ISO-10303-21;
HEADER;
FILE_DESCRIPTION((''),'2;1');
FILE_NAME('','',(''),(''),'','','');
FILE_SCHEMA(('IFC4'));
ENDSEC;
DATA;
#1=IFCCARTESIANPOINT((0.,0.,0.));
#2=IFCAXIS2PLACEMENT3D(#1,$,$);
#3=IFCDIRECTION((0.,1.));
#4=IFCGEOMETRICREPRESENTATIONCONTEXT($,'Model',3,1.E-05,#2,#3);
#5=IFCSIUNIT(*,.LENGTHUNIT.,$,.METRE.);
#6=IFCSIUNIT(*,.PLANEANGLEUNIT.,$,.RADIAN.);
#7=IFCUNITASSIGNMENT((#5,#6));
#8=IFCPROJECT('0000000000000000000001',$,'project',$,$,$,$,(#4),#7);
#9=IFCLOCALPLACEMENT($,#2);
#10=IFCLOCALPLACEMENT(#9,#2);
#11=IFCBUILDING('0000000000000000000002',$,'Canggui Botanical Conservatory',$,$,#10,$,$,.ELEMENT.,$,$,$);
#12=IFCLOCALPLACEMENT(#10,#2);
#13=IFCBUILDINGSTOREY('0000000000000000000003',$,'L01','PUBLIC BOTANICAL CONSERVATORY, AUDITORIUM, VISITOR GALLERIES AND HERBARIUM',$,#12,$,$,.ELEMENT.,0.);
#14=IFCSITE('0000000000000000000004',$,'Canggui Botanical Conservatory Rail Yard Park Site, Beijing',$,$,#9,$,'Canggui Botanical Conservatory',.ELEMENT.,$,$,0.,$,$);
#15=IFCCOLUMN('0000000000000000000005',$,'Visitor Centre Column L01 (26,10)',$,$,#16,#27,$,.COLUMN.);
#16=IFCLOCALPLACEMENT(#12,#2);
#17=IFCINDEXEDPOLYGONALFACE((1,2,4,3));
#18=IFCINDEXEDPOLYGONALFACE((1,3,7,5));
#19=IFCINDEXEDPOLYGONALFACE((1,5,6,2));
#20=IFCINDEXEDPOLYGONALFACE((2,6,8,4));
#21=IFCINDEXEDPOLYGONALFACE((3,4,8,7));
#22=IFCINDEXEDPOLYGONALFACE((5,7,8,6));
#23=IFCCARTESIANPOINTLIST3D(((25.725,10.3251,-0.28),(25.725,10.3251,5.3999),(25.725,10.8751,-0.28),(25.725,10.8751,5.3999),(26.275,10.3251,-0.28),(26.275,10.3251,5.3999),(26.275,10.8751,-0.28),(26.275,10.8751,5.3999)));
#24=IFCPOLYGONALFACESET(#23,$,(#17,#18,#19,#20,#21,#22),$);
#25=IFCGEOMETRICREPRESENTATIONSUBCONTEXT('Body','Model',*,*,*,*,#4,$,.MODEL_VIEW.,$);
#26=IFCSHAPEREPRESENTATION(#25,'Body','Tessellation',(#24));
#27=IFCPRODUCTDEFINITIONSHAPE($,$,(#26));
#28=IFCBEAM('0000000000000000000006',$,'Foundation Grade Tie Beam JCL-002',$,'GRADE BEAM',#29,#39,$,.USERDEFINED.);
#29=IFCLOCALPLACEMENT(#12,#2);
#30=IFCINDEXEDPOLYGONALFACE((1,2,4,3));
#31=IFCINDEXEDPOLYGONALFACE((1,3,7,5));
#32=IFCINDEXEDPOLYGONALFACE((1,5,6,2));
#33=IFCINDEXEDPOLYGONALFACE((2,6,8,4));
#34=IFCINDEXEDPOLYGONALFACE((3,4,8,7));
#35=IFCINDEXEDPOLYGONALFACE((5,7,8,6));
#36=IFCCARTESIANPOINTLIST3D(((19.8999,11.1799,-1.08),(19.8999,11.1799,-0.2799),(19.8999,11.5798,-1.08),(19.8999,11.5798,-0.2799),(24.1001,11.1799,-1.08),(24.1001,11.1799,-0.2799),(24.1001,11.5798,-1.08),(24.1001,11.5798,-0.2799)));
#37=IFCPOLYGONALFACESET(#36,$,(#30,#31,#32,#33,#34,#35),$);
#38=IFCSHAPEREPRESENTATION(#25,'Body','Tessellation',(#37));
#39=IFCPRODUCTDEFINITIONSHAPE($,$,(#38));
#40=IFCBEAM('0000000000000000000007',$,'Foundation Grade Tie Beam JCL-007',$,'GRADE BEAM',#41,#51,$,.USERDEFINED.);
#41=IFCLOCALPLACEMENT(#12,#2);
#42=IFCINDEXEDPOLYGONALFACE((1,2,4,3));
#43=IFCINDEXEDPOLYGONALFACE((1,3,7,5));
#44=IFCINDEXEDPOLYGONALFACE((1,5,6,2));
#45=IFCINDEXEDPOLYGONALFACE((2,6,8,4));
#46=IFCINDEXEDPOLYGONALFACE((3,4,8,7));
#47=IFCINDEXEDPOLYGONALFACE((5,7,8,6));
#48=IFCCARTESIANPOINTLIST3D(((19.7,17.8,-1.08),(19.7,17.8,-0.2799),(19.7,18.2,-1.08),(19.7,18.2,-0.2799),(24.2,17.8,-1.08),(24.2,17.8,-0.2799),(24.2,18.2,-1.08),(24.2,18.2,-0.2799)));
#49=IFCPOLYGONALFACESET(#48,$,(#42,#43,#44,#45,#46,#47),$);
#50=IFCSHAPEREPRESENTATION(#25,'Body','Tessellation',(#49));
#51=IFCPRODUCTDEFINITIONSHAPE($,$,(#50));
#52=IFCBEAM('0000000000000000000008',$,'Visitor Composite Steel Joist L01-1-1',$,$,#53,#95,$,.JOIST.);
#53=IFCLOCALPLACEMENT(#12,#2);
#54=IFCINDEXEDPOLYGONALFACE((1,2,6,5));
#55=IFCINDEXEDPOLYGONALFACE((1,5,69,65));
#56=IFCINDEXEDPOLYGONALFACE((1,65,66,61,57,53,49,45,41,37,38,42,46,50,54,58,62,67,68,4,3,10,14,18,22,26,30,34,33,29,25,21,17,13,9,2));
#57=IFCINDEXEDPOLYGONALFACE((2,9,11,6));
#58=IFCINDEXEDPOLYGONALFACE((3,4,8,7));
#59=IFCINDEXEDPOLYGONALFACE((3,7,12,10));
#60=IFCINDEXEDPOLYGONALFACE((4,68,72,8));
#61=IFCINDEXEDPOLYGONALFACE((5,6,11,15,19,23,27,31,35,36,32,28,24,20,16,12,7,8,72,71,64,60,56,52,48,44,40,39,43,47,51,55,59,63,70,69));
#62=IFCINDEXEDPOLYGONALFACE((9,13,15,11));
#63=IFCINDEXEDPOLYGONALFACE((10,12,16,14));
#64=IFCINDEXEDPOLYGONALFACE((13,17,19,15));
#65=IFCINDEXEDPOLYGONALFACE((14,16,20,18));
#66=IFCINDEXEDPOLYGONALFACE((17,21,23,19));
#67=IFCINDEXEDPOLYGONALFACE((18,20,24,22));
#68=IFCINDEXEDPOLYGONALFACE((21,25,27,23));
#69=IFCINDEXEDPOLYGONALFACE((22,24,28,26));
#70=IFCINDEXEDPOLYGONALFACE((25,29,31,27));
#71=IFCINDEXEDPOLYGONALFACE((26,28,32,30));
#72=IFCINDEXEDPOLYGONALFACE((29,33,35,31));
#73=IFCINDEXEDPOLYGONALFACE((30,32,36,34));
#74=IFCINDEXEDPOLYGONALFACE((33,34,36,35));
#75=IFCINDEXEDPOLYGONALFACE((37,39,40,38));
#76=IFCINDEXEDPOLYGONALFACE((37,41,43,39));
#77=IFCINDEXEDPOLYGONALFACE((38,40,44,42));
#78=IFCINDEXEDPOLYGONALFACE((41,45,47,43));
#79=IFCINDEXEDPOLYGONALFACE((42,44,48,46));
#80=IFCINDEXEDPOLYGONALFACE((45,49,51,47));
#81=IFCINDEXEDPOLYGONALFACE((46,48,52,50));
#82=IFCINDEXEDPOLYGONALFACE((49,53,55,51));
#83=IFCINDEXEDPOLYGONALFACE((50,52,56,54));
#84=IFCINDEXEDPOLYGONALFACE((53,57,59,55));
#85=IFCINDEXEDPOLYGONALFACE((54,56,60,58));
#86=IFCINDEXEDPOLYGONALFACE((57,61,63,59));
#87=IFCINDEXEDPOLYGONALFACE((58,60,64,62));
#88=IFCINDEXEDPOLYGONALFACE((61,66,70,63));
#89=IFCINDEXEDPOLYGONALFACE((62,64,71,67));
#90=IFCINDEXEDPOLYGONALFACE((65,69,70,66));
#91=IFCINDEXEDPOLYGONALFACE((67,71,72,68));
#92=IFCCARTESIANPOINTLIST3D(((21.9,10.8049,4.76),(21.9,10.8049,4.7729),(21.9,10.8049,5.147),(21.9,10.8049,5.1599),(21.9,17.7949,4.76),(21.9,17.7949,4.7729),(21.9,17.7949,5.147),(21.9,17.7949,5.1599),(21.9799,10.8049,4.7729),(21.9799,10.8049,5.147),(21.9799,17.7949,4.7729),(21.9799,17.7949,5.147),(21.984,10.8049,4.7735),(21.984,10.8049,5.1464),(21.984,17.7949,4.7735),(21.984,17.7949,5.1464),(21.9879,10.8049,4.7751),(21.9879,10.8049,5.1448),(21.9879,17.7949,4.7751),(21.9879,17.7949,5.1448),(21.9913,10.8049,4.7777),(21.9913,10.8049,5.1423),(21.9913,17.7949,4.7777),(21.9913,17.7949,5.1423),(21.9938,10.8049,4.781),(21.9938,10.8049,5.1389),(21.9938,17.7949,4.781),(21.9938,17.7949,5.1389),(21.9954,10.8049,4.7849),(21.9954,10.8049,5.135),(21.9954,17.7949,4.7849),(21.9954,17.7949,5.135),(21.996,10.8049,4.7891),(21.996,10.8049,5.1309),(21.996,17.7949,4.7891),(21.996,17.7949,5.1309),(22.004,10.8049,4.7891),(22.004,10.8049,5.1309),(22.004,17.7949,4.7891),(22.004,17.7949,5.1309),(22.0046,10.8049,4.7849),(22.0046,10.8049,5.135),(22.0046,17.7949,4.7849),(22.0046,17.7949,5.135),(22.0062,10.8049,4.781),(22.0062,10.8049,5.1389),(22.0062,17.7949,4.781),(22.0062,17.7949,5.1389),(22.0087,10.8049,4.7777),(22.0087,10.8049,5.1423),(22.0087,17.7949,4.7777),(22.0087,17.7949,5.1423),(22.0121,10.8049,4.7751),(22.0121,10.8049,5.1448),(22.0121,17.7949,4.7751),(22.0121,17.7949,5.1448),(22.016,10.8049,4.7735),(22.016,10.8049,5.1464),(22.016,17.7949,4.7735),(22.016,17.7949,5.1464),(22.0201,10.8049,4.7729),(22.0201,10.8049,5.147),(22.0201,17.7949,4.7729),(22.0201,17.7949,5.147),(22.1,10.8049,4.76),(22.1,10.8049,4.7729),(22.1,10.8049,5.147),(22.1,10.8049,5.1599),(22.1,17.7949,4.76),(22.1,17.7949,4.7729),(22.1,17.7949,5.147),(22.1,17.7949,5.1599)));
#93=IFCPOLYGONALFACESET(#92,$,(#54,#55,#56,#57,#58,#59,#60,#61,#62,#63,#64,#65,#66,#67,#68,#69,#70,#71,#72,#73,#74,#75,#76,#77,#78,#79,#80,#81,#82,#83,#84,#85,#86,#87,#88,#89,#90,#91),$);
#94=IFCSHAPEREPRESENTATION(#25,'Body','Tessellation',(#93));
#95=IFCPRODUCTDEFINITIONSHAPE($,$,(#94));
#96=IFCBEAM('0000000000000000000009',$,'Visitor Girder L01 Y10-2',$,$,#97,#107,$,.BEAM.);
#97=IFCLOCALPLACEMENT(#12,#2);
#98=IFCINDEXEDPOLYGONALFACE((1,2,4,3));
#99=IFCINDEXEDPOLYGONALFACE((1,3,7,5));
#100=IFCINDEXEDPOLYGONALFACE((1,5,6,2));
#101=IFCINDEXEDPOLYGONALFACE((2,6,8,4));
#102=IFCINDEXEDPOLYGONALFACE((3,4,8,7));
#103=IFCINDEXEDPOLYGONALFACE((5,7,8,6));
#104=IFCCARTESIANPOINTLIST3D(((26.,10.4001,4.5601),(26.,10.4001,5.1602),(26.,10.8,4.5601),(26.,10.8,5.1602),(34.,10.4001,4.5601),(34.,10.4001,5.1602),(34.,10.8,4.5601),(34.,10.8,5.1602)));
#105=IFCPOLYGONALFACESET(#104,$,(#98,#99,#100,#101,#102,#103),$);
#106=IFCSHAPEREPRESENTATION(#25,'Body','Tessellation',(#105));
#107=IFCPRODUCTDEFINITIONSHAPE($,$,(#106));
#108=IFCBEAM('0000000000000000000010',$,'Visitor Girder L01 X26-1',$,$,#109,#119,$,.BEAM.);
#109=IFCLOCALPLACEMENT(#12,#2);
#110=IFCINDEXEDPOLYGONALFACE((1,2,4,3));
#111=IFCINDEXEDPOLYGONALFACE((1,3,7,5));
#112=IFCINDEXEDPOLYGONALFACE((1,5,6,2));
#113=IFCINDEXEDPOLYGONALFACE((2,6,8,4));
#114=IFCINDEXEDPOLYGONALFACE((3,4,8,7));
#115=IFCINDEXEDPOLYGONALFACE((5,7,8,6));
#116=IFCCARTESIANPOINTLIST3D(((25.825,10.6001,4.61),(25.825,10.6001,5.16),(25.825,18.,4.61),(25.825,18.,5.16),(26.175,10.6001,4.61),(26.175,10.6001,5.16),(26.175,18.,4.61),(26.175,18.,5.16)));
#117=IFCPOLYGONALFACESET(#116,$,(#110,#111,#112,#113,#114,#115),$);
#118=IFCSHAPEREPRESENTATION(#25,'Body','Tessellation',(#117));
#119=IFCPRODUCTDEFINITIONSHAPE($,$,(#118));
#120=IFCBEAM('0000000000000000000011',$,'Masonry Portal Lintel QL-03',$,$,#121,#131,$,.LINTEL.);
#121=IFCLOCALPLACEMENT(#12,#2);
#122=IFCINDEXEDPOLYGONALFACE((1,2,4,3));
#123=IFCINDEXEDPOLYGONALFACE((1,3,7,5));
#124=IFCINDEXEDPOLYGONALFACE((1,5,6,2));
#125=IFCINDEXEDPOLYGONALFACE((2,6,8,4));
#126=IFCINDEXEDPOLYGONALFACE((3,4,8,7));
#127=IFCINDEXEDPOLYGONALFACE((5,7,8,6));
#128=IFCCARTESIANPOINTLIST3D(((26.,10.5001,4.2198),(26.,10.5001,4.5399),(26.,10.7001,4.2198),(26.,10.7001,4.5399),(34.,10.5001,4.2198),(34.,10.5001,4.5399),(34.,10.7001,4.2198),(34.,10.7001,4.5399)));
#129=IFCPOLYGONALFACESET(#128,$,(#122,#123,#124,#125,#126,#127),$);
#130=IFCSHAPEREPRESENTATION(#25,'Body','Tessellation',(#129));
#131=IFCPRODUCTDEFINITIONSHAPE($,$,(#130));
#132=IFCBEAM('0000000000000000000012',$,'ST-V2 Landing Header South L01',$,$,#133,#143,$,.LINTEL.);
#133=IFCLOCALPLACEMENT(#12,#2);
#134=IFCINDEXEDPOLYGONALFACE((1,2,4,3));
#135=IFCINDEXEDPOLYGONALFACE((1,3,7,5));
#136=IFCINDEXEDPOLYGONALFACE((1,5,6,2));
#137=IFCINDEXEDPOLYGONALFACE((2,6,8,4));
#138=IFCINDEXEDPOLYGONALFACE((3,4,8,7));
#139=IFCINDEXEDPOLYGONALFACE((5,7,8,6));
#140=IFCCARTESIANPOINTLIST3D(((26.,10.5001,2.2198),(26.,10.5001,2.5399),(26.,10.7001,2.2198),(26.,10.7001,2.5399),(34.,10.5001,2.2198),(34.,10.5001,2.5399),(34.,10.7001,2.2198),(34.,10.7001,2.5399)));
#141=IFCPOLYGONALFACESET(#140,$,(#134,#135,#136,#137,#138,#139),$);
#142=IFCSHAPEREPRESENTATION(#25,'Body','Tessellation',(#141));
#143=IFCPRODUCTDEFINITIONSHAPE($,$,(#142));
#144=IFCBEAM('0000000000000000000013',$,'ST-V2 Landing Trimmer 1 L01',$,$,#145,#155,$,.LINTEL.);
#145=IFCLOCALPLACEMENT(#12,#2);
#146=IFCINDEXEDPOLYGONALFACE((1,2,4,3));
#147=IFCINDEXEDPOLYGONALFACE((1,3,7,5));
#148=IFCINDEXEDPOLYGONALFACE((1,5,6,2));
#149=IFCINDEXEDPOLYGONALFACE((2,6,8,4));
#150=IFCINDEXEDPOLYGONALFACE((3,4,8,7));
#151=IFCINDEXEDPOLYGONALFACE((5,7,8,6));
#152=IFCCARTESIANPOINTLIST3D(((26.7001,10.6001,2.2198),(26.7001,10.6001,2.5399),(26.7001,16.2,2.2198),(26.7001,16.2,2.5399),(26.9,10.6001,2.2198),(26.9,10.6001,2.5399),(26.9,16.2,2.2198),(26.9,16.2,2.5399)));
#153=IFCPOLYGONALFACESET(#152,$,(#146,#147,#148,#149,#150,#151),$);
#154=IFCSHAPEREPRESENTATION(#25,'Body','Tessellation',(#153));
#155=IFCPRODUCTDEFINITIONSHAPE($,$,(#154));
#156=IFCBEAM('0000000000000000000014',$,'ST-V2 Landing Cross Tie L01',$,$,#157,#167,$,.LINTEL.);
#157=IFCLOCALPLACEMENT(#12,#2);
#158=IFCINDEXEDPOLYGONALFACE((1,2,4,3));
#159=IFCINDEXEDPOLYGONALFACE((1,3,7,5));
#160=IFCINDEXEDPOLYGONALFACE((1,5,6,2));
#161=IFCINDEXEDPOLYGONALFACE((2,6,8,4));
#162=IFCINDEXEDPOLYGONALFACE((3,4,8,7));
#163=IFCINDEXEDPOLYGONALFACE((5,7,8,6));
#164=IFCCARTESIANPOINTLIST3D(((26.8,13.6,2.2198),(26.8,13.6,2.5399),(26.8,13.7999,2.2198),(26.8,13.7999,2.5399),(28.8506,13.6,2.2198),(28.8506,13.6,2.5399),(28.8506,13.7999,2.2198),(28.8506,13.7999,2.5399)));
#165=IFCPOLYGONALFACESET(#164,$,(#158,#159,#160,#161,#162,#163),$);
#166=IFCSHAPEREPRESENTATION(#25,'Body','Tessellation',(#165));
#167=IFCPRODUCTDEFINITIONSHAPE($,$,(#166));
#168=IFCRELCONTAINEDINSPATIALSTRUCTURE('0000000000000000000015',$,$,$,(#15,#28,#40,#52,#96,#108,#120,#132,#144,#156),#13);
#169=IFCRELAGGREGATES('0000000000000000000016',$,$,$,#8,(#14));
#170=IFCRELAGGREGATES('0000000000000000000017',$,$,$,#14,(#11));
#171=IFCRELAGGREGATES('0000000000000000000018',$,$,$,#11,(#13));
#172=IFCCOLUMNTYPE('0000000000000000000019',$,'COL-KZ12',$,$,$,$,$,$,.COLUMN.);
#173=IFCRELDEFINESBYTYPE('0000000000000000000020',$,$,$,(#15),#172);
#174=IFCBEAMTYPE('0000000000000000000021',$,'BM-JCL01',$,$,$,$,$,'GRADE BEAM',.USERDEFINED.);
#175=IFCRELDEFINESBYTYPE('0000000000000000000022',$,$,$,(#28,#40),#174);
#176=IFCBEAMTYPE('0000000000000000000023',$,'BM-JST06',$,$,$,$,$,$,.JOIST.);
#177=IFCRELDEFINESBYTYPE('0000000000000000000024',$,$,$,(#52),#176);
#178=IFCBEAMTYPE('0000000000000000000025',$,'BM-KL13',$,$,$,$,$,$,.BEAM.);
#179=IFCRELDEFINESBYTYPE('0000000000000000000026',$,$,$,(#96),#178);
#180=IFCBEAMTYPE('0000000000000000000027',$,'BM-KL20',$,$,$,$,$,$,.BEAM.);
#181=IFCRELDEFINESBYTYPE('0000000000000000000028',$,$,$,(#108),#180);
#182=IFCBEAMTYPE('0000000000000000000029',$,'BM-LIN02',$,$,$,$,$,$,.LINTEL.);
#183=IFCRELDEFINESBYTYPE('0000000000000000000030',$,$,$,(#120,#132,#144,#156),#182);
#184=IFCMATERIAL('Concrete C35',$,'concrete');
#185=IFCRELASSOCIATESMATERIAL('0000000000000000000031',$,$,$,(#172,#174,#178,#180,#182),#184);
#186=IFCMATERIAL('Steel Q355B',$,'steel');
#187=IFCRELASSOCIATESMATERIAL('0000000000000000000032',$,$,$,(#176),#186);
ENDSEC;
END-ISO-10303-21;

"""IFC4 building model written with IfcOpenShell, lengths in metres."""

from ifc_helpers import new_model, si_unit, direction, frame, origin, origin_2d, place, context, subcontext, project, spatial, rectangle, i_section, extrude, material, material_profile, profile_set, type_object, element, save


model = new_model("IFC4")

# Units and contexts
model_context = context("Model", 3, precision=1e-05, world=origin(), true_north=direction((0.0, 1.0)))
body_context = subcontext(model_context, "Body", "Model", "MODEL_VIEW")
ifc_project = project(units=[si_unit("LENGTHUNIT", "METRE"), si_unit("PLANEANGLEUNIT", "RADIAN")], contexts=[model_context])

# Site, building, storey
site_placement = place(None, origin())
site = spatial("IfcSite", under=ifc_project, at=site_placement, Name="Canggui Botanical Conservatory Rail Yard Park Site, Beijing", LongName="Canggui Botanical Conservatory", CompositionType="ELEMENT", RefElevation=0.0)
building_placement = place(site_placement, origin())
building = spatial("IfcBuilding", under=site, at=building_placement, Name="Canggui Botanical Conservatory", CompositionType="ELEMENT")
storey_placement = place(building_placement, origin())
storey = spatial("IfcBuildingStorey", under=building, at=storey_placement, Name="L01", Description="PUBLIC BOTANICAL CONSERVATORY, AUDITORIUM, VISITOR GALLERIES AND HERBARIUM", CompositionType="ELEMENT", Elevation=0.0)

# Shared definitions
ifc_material_1 = material(Name="Concrete C35", Category="concrete")

# Column
ifc_material_profile_1 = material_profile(ifc_material_1, rectangle(XDim=0.55, YDim=0.55, at=origin_2d()), Name="RC 550x550")
ifc_profile_set_1 = profile_set([ifc_material_profile_1], Name="Concrete C35")
column_type = type_object("IfcColumnType", Name="COL-KZ12", PredefinedType="COLUMN", material=ifc_profile_set_1)
column_placement = place(storey_placement, frame((26.0, 10.6001, -0.28), z_axis=(0.0, 0.0, 1.0), x_axis=(1.0, 0.0, 0.0)))
element("IfcColumn", 1, at=column_placement, inside=storey, type_object=column_type, Name="Visitor Centre Column L01 (26,10)", PredefinedType="COLUMN", context=body_context, shape_type="SweptSolid", body=[
    extrude(rectangle(XDim=0.55, YDim=0.55, at=origin_2d()), origin(), (0.0, 0.0, 1.0), 5.6799),
])

# Beams
ifc_material_profile_2 = material_profile(ifc_material_1, rectangle(XDim=0.3999, YDim=0.8, at=origin_2d()), Name="RB 400x800")
ifc_profile_set_2 = profile_set([ifc_material_profile_2], Name="Concrete C35")
beam_type_1 = type_object("IfcBeamType", Name="BM-JCL01", ElementType="GRADE BEAM", PredefinedType="USERDEFINED", material=ifc_profile_set_2)
beam_1_placement = place(storey_placement, frame((19.8999, 11.3799, -0.6799), z_axis=(1.0, 0.0, 0.0), x_axis=(0.0, 1.0, 0.0)))
element("IfcBeam", 2, at=beam_1_placement, inside=storey, type_object=beam_type_1, Name="Foundation Grade Tie Beam JCL-002", ObjectType="GRADE BEAM", PredefinedType="USERDEFINED", context=body_context, shape_type="SweptSolid", body=[
    extrude(rectangle(XDim=0.3999, YDim=0.8, at=origin_2d()), origin(), (0.0, 0.0, 1.0), 4.2002),
])
beam_2_placement = place(storey_placement, frame((19.7, 18.0, -0.6799), z_axis=(1.0, 0.0, 0.0), x_axis=(0.0, 1.0, 0.0)))
element("IfcBeam", 3, at=beam_2_placement, inside=storey, type_object=beam_type_1, Name="Foundation Grade Tie Beam JCL-007", ObjectType="GRADE BEAM", PredefinedType="USERDEFINED", context=body_context, shape_type="SweptSolid", body=[
    extrude(rectangle(XDim=0.3999, YDim=0.8, at=origin_2d()), origin(), (0.0, 0.0, 1.0), 4.5),
])
ifc_material_2 = material(Name="Steel Q355B", Category="steel")
ifc_material_profile_3 = material_profile(ifc_material_2, i_section(OverallWidth=0.2, OverallDepth=0.3999, WebThickness=0.0081, FlangeThickness=0.0129, FilletRadius=0.0161, at=origin_2d()), Name="HN 400x200x8x13")
ifc_profile_set_3 = profile_set([ifc_material_profile_3], Name="Steel Q355B")
beam_type_2 = type_object("IfcBeamType", Name="BM-JST06", PredefinedType="JOIST", material=ifc_profile_set_3)
beam_3_placement = place(storey_placement, frame((22.0, 10.8049, 4.96), z_axis=(0.0, 1.0, 0.0), x_axis=(-1.0, 0.0, 0.0)))
element("IfcBeam", 4, at=beam_3_placement, inside=storey, type_object=beam_type_2, Name="Visitor Composite Steel Joist L01-1-1", PredefinedType="JOIST", context=body_context, shape_type="SweptSolid", body=[
    extrude(i_section(OverallWidth=0.2, OverallDepth=0.3999, WebThickness=0.0081, FlangeThickness=0.0129, FilletRadius=0.0161, at=origin_2d()), origin(), (0.0, 0.0, 1.0), 6.99),
])
ifc_material_profile_4 = material_profile(ifc_material_1, rectangle(XDim=0.3999, YDim=0.6001, at=origin_2d()), Name="RB 400x600")
ifc_profile_set_4 = profile_set([ifc_material_profile_4], Name="Concrete C35")
beam_type_3 = type_object("IfcBeamType", Name="BM-KL13", PredefinedType="BEAM", material=ifc_profile_set_4)
beam_4_placement = place(storey_placement, frame((26.0, 10.6001, 4.8601), z_axis=(1.0, 0.0, 0.0), x_axis=(0.0, 1.0, 0.0)))
element("IfcBeam", 5, at=beam_4_placement, inside=storey, type_object=beam_type_3, Name="Visitor Girder L01 Y10-2", PredefinedType="BEAM", context=body_context, shape_type="SweptSolid", body=[
    extrude(rectangle(XDim=0.3999, YDim=0.6001, at=origin_2d()), origin(), (0.0, 0.0, 1.0), 8.0),
])
ifc_material_profile_5 = material_profile(ifc_material_1, rectangle(XDim=0.3501, YDim=0.55, at=origin_2d()), Name="RB 350x550")
ifc_profile_set_5 = profile_set([ifc_material_profile_5], Name="Concrete C35")
beam_type_4 = type_object("IfcBeamType", Name="BM-KL20", PredefinedType="BEAM", material=ifc_profile_set_5)
beam_5_placement = place(storey_placement, frame((26.0, 10.6001, 4.885), z_axis=(0.0, 1.0, 0.0), x_axis=(-1.0, 0.0, 0.0)))
element("IfcBeam", 6, at=beam_5_placement, inside=storey, type_object=beam_type_4, Name="Visitor Girder L01 X26-1", PredefinedType="BEAM", context=body_context, shape_type="SweptSolid", body=[
    extrude(rectangle(XDim=0.3501, YDim=0.55, at=origin_2d()), origin(), (0.0, 0.0, 1.0), 7.3999),
])
ifc_material_profile_6 = material_profile(ifc_material_1, rectangle(XDim=0.2, YDim=0.3201, at=origin_2d()), Name="RB 200x320")
ifc_profile_set_6 = profile_set([ifc_material_profile_6], Name="Concrete C35")
beam_type_5 = type_object("IfcBeamType", Name="BM-LIN02", PredefinedType="LINTEL", material=ifc_profile_set_6)
for number, where, z_axis, x_axis, name in (
    (7, (26.0, 10.6001, 4.3799), (1.0, 0.0, 0.0), (0.0, 1.0, 0.0), "Masonry Portal Lintel QL-03"),
    (8, (26.0, 10.6001, 2.3799), (1.0, 0.0, 0.0), (0.0, 1.0, 0.0), "ST-V2 Landing Header South L01"),
):
    element("IfcBeam", number, at=place(storey_placement, frame(where, z_axis=z_axis, x_axis=x_axis)), inside=storey, type_object=beam_type_5, Name=name, PredefinedType="LINTEL", context=body_context, shape_type="SweptSolid", body=[
        extrude(rectangle(XDim=0.2, YDim=0.3201, at=origin_2d()), origin(), (0.0, 0.0, 1.0), 8.0),
    ])
beam_6_placement = place(storey_placement, frame((26.8, 10.6001, 2.3799), z_axis=(0.0, 1.0, 0.0), x_axis=(-1.0, 0.0, 0.0)))
element("IfcBeam", 9, at=beam_6_placement, inside=storey, type_object=beam_type_5, Name="ST-V2 Landing Trimmer 1 L01", PredefinedType="LINTEL", context=body_context, shape_type="SweptSolid", body=[
    extrude(rectangle(XDim=0.2, YDim=0.3201, at=origin_2d()), origin(), (0.0, 0.0, 1.0), 5.5999),
])
beam_7_placement = place(storey_placement, frame((26.8, 13.7, 2.3799), z_axis=(1.0, 0.0, 0.0), x_axis=(0.0, 1.0, 0.0)))
element("IfcBeam", 10, at=beam_7_placement, inside=storey, type_object=beam_type_5, Name="ST-V2 Landing Cross Tie L01", PredefinedType="LINTEL", context=body_context, shape_type="SweptSolid", body=[
    extrude(rectangle(XDim=0.2, YDim=0.3201, at=origin_2d()), origin(), (0.0, 0.0, 1.0), 2.0505),
])

save(model, "model.ifc")
